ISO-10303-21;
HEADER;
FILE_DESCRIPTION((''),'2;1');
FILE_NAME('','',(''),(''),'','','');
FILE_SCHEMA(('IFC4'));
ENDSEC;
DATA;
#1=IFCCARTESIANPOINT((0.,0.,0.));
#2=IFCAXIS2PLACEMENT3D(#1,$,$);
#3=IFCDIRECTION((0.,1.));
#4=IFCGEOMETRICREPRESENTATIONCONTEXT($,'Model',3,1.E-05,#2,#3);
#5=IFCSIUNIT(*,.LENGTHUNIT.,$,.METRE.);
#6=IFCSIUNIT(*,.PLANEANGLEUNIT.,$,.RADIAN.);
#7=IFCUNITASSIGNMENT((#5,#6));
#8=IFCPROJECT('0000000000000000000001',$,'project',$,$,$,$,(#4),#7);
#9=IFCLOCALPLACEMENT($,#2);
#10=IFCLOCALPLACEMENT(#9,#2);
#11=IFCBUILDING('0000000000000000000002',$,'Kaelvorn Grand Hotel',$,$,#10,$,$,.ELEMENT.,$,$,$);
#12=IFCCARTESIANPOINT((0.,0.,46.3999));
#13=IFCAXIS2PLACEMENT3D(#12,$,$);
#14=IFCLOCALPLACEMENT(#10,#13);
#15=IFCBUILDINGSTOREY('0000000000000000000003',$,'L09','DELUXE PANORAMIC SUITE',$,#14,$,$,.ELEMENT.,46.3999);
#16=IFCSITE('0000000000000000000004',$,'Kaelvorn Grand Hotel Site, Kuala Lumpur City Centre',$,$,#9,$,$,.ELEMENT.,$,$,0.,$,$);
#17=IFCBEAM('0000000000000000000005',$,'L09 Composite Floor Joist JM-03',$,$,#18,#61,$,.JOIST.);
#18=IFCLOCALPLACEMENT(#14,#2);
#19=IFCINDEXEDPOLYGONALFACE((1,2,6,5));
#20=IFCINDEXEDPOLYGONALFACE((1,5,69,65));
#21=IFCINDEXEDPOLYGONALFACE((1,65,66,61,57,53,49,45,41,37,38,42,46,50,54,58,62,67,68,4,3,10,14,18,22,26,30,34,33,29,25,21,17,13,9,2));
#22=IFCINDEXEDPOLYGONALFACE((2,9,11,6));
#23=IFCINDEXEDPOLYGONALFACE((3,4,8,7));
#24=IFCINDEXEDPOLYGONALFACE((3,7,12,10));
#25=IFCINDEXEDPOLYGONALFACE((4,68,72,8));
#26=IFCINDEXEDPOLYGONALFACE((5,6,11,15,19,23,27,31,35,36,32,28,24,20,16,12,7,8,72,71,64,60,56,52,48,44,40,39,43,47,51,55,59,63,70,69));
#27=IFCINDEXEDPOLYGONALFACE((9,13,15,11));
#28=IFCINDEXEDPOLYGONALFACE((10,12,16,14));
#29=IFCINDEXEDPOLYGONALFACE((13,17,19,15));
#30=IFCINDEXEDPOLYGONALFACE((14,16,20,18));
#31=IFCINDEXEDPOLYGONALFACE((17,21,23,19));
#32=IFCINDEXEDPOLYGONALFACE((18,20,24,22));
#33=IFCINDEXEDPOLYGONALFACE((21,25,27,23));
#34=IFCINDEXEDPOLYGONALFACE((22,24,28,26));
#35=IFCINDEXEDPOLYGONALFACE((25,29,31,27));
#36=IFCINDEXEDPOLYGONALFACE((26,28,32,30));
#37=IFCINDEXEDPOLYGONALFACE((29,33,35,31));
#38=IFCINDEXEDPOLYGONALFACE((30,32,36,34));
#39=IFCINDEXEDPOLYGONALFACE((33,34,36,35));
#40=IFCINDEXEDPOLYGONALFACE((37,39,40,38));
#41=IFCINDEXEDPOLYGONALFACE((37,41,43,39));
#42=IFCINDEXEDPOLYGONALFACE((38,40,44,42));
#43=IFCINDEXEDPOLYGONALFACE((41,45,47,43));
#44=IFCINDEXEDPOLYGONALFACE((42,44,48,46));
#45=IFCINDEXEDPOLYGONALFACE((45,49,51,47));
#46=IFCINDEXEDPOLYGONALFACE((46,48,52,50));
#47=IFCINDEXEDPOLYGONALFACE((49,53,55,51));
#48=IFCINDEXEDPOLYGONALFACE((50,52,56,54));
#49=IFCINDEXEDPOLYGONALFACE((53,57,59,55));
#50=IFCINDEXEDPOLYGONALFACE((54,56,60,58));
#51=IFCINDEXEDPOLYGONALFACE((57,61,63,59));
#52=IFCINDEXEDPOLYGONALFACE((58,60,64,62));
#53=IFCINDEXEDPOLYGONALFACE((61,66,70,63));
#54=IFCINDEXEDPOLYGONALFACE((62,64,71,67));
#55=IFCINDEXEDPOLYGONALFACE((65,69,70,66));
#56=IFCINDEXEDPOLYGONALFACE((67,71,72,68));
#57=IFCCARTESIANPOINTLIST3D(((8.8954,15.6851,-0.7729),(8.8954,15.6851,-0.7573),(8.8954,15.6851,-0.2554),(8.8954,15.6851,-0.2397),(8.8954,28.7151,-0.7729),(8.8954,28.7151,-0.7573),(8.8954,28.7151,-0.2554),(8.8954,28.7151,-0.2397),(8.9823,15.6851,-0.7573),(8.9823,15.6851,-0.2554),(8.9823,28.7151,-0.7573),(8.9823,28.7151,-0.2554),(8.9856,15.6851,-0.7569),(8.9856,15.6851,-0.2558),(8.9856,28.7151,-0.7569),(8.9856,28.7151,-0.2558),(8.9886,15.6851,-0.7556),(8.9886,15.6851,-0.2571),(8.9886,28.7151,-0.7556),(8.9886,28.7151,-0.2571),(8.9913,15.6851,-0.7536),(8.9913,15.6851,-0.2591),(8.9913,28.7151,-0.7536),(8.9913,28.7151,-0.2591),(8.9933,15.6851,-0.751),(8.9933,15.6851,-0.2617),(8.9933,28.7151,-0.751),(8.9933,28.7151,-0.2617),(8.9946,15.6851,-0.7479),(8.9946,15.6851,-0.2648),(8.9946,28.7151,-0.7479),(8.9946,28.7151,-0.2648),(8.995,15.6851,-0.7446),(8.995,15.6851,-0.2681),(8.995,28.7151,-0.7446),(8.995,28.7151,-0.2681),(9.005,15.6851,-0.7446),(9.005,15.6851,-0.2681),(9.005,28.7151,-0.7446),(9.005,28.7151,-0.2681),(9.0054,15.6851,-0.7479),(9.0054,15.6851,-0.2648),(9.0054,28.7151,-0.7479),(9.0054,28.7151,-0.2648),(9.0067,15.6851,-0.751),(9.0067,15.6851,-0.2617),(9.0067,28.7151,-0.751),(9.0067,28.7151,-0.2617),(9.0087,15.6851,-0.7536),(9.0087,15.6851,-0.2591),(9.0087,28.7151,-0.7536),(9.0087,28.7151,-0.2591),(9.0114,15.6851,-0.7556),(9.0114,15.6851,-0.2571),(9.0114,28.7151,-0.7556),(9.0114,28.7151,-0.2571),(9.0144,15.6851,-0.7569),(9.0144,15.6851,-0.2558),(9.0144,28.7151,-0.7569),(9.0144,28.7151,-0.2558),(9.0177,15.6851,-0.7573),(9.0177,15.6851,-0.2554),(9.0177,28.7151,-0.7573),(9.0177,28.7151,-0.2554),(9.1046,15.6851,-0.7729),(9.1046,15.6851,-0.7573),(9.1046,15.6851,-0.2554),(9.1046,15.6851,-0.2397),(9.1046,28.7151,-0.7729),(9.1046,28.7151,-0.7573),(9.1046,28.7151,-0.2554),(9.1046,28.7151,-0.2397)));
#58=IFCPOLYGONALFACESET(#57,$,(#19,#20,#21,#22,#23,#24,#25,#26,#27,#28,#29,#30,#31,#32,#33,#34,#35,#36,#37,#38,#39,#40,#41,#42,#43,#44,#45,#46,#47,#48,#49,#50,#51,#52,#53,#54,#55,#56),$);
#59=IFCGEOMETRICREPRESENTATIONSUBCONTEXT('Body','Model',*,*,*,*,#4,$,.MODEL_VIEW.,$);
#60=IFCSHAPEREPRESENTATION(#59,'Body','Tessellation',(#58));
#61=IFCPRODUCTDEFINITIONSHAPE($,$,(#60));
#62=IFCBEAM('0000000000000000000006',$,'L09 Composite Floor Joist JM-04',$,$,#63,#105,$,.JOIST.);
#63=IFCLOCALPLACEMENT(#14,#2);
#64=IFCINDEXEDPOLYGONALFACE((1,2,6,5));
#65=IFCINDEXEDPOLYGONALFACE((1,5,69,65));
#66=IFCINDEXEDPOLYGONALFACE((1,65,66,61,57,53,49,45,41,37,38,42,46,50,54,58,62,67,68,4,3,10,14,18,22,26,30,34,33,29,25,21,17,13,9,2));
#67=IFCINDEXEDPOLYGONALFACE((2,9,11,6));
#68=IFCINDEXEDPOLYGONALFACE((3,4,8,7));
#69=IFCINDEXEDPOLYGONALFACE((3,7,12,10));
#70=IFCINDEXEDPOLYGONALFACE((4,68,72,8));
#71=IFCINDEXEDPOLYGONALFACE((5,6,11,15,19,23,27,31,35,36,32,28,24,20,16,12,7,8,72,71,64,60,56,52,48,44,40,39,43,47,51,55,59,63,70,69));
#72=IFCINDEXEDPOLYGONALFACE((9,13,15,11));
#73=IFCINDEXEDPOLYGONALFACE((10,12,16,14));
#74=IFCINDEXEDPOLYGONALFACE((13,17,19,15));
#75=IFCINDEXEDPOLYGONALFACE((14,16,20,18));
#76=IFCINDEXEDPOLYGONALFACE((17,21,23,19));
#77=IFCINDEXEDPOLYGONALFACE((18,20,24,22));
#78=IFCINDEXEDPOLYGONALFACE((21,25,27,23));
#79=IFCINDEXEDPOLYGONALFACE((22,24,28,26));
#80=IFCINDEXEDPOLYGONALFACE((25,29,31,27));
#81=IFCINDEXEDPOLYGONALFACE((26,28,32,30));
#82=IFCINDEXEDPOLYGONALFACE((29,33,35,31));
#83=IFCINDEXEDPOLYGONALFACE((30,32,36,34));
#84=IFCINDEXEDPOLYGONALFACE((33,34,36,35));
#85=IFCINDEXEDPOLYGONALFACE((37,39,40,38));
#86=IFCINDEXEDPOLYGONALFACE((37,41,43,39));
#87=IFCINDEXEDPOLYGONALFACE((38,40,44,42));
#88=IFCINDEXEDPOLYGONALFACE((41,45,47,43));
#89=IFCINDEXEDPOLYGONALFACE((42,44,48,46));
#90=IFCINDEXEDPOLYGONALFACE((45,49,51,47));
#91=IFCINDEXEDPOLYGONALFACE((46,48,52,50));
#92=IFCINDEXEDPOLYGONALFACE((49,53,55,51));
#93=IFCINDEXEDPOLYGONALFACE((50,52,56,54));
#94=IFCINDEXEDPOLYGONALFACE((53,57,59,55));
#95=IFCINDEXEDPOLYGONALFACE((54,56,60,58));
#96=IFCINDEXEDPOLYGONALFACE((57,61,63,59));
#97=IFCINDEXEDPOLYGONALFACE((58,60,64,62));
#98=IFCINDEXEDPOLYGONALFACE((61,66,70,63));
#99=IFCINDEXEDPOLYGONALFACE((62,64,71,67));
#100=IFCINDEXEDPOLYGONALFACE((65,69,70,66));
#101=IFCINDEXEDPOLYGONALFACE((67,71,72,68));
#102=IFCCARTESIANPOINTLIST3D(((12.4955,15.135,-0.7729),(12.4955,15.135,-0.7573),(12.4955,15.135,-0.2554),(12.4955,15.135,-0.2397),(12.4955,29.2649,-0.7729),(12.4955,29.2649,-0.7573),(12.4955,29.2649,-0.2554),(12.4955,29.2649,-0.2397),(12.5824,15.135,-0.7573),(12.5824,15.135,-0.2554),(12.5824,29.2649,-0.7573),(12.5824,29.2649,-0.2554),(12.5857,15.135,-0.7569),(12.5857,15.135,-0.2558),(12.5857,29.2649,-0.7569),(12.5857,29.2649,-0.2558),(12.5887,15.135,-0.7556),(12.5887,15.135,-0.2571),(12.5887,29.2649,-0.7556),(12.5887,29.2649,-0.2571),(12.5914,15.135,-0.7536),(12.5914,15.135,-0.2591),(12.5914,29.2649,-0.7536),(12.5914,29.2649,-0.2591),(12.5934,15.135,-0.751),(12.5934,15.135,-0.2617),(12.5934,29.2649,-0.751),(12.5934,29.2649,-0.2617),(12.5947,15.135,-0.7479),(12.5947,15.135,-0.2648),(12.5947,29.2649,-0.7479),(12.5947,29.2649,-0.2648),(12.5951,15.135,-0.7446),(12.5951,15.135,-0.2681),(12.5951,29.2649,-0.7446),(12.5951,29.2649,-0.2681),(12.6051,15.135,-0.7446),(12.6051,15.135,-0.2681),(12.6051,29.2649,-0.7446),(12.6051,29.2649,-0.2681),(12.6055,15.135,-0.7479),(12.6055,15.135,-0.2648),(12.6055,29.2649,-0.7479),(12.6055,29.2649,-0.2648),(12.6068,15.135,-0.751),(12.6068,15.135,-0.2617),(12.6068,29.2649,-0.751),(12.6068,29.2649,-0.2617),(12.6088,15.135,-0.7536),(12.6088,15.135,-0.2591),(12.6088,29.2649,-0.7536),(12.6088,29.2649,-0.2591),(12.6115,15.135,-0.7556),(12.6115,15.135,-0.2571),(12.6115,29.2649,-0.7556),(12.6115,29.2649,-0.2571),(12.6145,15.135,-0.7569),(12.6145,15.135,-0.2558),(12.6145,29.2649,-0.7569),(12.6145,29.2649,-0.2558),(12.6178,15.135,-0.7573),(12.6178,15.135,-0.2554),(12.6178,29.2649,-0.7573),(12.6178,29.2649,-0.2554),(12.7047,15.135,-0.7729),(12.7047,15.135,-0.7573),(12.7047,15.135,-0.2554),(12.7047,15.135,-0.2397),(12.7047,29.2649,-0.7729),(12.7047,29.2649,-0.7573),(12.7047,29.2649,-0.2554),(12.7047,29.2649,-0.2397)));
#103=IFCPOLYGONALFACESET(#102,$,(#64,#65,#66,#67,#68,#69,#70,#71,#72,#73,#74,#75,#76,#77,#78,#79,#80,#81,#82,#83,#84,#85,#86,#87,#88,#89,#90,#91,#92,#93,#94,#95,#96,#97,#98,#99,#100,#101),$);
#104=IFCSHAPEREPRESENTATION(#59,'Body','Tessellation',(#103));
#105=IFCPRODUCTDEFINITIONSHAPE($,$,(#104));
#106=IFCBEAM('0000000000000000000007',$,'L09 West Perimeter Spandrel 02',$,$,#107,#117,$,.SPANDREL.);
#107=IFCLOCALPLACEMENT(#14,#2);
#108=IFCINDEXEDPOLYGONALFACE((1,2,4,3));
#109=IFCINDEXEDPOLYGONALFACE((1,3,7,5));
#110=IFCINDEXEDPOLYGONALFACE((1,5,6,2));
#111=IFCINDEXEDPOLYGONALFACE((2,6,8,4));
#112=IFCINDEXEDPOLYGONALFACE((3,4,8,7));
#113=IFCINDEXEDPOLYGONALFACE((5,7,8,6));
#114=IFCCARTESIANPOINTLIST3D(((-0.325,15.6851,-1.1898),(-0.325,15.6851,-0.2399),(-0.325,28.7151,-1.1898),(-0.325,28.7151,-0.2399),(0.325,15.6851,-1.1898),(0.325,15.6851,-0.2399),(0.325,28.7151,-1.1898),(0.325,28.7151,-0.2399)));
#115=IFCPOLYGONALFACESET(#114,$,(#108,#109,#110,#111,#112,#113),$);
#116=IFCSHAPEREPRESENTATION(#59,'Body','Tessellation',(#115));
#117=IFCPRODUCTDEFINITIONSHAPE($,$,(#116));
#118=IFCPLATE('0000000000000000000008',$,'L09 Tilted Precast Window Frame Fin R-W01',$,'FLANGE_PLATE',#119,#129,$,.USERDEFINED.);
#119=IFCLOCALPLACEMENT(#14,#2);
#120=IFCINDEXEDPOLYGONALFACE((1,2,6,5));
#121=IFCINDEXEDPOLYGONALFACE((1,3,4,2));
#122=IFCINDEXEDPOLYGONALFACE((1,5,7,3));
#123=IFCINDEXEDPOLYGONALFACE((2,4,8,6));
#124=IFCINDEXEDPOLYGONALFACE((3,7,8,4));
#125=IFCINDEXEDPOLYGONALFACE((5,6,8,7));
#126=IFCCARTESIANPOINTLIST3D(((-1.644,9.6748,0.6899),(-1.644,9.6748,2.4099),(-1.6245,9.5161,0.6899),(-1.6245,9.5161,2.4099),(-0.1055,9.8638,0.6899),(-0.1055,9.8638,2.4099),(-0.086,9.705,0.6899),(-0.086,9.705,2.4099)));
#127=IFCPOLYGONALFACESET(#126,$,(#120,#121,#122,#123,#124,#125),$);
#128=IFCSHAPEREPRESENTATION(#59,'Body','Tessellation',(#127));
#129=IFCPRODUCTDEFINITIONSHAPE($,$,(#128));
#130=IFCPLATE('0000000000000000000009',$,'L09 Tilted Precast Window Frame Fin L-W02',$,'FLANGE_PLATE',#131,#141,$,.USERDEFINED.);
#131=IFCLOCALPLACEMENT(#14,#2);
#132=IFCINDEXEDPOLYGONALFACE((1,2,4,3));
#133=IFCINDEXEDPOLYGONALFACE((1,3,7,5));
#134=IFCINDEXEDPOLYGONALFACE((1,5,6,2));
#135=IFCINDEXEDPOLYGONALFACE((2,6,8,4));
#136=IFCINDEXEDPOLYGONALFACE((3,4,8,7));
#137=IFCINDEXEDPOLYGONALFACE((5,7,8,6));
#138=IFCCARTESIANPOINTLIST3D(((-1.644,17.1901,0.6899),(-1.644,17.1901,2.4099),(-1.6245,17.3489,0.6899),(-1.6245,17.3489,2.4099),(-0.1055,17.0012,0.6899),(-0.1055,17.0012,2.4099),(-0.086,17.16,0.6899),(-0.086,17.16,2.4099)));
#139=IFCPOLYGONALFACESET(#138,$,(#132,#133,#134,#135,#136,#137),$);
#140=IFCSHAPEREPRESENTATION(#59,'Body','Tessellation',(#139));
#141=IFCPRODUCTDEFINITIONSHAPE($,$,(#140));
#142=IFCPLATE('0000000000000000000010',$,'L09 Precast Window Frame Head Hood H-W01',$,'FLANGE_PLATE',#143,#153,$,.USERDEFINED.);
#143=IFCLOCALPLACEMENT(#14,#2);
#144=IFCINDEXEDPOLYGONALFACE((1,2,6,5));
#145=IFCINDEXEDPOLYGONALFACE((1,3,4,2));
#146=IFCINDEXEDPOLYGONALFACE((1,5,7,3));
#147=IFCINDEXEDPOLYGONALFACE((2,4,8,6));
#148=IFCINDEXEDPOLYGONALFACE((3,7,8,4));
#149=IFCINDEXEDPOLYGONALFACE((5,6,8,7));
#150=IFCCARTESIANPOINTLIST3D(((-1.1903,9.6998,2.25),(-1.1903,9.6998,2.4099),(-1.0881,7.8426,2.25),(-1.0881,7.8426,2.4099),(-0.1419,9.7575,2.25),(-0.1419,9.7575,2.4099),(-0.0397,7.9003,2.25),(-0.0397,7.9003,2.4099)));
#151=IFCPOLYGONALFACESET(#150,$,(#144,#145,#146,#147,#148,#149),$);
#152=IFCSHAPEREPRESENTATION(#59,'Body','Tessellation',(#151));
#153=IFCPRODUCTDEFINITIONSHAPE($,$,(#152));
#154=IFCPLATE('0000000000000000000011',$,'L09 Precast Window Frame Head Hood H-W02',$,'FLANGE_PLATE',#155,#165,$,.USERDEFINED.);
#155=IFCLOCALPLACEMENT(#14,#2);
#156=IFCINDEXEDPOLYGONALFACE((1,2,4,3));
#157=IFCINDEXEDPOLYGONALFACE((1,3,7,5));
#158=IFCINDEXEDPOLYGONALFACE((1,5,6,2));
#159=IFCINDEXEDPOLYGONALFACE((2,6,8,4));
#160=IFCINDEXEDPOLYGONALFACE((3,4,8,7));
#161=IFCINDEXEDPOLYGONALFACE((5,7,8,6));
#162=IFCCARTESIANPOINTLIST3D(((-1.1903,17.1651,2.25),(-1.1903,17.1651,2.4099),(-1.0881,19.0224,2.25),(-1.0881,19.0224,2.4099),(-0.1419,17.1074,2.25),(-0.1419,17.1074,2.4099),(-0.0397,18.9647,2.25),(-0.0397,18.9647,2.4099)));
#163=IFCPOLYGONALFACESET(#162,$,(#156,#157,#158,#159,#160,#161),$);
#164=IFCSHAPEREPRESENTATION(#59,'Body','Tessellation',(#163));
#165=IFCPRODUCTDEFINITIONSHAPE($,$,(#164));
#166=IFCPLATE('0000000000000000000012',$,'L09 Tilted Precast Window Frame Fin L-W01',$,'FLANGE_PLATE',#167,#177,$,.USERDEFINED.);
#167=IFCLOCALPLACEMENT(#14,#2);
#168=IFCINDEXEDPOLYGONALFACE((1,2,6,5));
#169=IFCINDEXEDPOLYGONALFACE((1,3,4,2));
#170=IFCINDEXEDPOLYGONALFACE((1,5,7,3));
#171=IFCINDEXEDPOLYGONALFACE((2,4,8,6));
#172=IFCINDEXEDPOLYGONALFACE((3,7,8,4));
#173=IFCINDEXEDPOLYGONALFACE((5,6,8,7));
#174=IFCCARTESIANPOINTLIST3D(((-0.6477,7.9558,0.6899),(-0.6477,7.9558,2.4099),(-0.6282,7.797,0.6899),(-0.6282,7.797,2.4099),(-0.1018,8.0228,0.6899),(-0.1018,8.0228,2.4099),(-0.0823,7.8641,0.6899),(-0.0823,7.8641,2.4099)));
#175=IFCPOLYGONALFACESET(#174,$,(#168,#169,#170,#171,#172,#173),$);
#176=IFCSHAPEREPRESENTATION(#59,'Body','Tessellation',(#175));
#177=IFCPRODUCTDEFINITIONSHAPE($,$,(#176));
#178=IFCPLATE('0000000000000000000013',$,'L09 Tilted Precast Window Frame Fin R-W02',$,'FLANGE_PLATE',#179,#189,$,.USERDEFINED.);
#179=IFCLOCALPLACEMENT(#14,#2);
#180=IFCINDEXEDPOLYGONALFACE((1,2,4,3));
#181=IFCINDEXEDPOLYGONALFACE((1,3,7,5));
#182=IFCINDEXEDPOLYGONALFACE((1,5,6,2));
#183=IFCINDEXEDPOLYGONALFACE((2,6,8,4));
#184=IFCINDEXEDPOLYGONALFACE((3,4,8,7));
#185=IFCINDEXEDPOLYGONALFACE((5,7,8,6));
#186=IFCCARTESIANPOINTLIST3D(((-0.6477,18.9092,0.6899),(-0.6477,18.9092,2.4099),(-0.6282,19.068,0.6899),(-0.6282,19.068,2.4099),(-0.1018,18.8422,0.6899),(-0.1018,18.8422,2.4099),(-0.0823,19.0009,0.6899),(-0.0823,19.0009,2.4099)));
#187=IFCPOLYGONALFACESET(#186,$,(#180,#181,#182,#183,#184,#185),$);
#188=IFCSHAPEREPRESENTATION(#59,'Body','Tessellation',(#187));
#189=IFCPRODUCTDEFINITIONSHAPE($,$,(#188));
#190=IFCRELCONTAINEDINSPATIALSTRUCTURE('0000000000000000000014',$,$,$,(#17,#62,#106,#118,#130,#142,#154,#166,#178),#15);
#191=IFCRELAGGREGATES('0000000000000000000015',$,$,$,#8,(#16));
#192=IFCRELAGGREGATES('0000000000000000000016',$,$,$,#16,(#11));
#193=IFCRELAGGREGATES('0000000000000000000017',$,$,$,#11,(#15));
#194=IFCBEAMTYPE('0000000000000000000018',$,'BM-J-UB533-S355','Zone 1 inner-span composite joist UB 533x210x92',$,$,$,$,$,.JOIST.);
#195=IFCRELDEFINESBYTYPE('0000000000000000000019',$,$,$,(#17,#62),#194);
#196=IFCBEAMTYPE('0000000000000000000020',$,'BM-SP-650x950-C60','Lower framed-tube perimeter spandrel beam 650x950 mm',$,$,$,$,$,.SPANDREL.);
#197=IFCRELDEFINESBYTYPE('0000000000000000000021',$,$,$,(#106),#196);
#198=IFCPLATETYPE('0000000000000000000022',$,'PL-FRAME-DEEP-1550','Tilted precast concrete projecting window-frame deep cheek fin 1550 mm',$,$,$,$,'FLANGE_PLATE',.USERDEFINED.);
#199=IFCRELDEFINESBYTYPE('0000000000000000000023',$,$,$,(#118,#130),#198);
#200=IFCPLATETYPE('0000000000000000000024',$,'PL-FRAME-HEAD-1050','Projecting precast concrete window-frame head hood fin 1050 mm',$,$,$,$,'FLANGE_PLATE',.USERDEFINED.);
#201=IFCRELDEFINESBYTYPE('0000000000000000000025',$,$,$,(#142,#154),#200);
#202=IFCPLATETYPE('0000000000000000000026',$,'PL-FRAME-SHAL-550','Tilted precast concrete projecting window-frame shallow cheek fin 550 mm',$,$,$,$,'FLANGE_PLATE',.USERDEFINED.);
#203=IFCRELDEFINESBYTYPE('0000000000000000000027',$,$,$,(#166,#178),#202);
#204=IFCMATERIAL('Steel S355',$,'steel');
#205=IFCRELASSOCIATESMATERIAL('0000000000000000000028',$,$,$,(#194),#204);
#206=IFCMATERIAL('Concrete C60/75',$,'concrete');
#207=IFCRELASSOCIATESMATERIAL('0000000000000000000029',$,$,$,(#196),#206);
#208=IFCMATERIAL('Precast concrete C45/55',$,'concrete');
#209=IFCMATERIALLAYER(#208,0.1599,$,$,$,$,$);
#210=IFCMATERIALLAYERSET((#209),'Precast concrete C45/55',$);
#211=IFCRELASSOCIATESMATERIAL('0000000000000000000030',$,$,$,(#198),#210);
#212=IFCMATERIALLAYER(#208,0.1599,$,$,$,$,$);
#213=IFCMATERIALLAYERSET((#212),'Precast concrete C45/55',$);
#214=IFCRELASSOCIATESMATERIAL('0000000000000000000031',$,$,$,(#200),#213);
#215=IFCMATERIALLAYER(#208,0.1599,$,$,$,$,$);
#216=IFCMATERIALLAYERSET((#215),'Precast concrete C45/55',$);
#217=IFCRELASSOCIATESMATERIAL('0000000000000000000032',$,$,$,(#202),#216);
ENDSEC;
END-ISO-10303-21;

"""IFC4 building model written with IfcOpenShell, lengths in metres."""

from ifc_helpers import new_model, si_unit, direction, frame, origin, origin_2d, place, context, subcontext, project, spatial, rectangle, i_section, extrude, material, layer, layer_set, material_profile, profile_set, type_object, element, save


model = new_model("IFC4")

# Units and contexts
model_context = context("Model", 3, precision=1e-05, world=origin(), true_north=direction((0.0, 1.0)))
body_context = subcontext(model_context, "Body", "Model", "MODEL_VIEW")
ifc_project = project(units=[si_unit("LENGTHUNIT", "METRE"), si_unit("PLANEANGLEUNIT", "RADIAN")], contexts=[model_context])

# Site, building, storey
site_placement = place(None, origin())
site = spatial("IfcSite", under=ifc_project, at=site_placement, Name="Kaelvorn Grand Hotel Site, Kuala Lumpur City Centre", CompositionType="ELEMENT", RefElevation=0.0)
building_placement = place(site_placement, origin())
building = spatial("IfcBuilding", under=site, at=building_placement, Name="Kaelvorn Grand Hotel", CompositionType="ELEMENT")
storey_placement = place(building_placement, frame((0.0, 0.0, 46.3999)))
storey = spatial("IfcBuildingStorey", under=building, at=storey_placement, Name="L09", Description="DELUXE PANORAMIC SUITE", CompositionType="ELEMENT", Elevation=46.3999)

# Beams
ifc_material_1 = material(Name="Steel S355", Category="steel")
ifc_material_profile_1 = material_profile(ifc_material_1, i_section(OverallWidth=0.2092, OverallDepth=0.5332, WebThickness=0.01, FlangeThickness=0.0156, FilletRadius=0.0127, at=origin_2d()), Name="UB 533x210x92")
ifc_profile_set_1 = profile_set([ifc_material_profile_1], Name="Steel S355")
beam_type_1 = type_object("IfcBeamType", Name="BM-J-UB533-S355", Description="Zone 1 inner-span composite joist UB 533x210x92", PredefinedType="JOIST", material=ifc_profile_set_1)
beam_1_placement = place(storey_placement, frame((9.0, 15.6851, -0.5063), z_axis=(0.0, 1.0, 0.0), x_axis=(-1.0, 0.0, 0.0)))
element("IfcBeam", 1, at=beam_1_placement, inside=storey, type_object=beam_type_1, Name="L09 Composite Floor Joist JM-03", PredefinedType="JOIST", context=body_context, shape_type="SweptSolid", body=[
    extrude(i_section(OverallWidth=0.2092, OverallDepth=0.5332, WebThickness=0.01, FlangeThickness=0.0156, FilletRadius=0.0127, at=origin_2d()), origin(), (0.0, 0.0, 1.0), 13.03),
])
beam_2_placement = place(storey_placement, frame((12.6001, 15.135, -0.5063), z_axis=(0.0, 1.0, 0.0), x_axis=(-1.0, 0.0, 0.0)))
element("IfcBeam", 2, at=beam_2_placement, inside=storey, type_object=beam_type_1, Name="L09 Composite Floor Joist JM-04", PredefinedType="JOIST", context=body_context, shape_type="SweptSolid", body=[
    extrude(i_section(OverallWidth=0.2092, OverallDepth=0.5332, WebThickness=0.01, FlangeThickness=0.0156, FilletRadius=0.0127, at=origin_2d()), origin(), (0.0, 0.0, 1.0), 14.1299),
])
ifc_material_2 = material(Name="Concrete C60/75", Category="concrete")
ifc_material_profile_2 = material_profile(ifc_material_2, rectangle(XDim=0.6499, YDim=0.95, at=origin_2d()), Name="RC SPANDREL 650x950")
ifc_profile_set_2 = profile_set([ifc_material_profile_2], Name="Concrete C60/75")
beam_type_2 = type_object("IfcBeamType", Name="BM-SP-650x950-C60", Description="Lower framed-tube perimeter spandrel beam 650x950 mm", PredefinedType="SPANDREL", material=ifc_profile_set_2)
beam_3_placement = place(storey_placement, frame((0.0, 15.6851, -0.7148), z_axis=(0.0, 1.0, 0.0), x_axis=(-1.0, 0.0, 0.0)))
element("IfcBeam", 3, at=beam_3_placement, inside=storey, type_object=beam_type_2, Name="L09 West Perimeter Spandrel 02", PredefinedType="SPANDREL", context=body_context, shape_type="SweptSolid", body=[
    extrude(rectangle(XDim=0.6499, YDim=0.95, at=origin_2d()), origin(), (0.0, 0.0, 1.0), 13.03),
])

# Plates
ifc_material_3 = material(Name="Precast concrete C45/55", Category="concrete")
ifc_layer_1 = layer(ifc_material_3, 0.1599)
ifc_layer_set_1 = layer_set([ifc_layer_1], Name="Precast concrete C45/55")
plate_type_1 = type_object("IfcPlateType", Name="PL-FRAME-DEEP-1550", Description="Tilted precast concrete projecting window-frame deep cheek fin 1550 mm", ElementType="FLANGE_PLATE", PredefinedType="USERDEFINED", material=ifc_layer_set_1)
for number, where, z_axis, x_axis, name in (
    (4, (-0.865, 9.6899, 0.6899), (0.0, 0.0, 1.0), (-0.121869, 0.992546, 0.0), "L09 Tilted Precast Window Frame Fin R-W01"),
    (5, (-0.865, 17.175, 0.6899), (0.0, 0.0, 1.0), (0.121869, 0.992546, 0.0), "L09 Tilted Precast Window Frame Fin L-W02"),
):
    element("IfcPlate", number, at=place(storey_placement, frame(where, z_axis=z_axis, x_axis=x_axis)), inside=storey, type_object=plate_type_1, Name=name, ObjectType="FLANGE_PLATE", PredefinedType="USERDEFINED", context=body_context, shape_type="SweptSolid", body=[
        extrude(rectangle(XDim=0.1599, YDim=1.55, at=origin_2d()), origin(), (0.0, 0.0, 1.0), 1.72),
    ])
ifc_layer_2 = layer(ifc_material_3, 0.1599)
ifc_layer_set_2 = layer_set([ifc_layer_2], Name="Precast concrete C45/55")
plate_type_2 = type_object("IfcPlateType", Name="PL-FRAME-HEAD-1050", Description="Projecting precast concrete window-frame head hood fin 1050 mm", ElementType="FLANGE_PLATE", PredefinedType="USERDEFINED", material=ifc_layer_set_2)
for number, where, z_axis, x_axis, name in (
    (6, (-0.615, 8.8, 2.25), (0.0, 0.0, 1.0), (-0.05495, 0.998489, 0.0), "L09 Precast Window Frame Head Hood H-W01"),
    (7, (-0.615, 18.0649, 2.25), (0.0, 0.0, 1.0), (0.05495, 0.998489, 0.0), "L09 Precast Window Frame Head Hood H-W02"),
):
    element("IfcPlate", number, at=place(storey_placement, frame(where, z_axis=z_axis, x_axis=x_axis)), inside=storey, type_object=plate_type_2, Name=name, ObjectType="FLANGE_PLATE", PredefinedType="USERDEFINED", context=body_context, shape_type="SweptSolid", body=[
        extrude(rectangle(XDim=1.8601, YDim=1.05, at=origin_2d()), origin(), (0.0, 0.0, 1.0), 0.1599),
    ])
ifc_layer_3 = layer(ifc_material_3, 0.1599)
ifc_layer_set_3 = layer_set([ifc_layer_3], Name="Precast concrete C45/55")
plate_type_3 = type_object("IfcPlateType", Name="PL-FRAME-SHAL-550", Description="Tilted precast concrete projecting window-frame shallow cheek fin 550 mm", ElementType="FLANGE_PLATE", PredefinedType="USERDEFINED", material=ifc_layer_set_3)
for number, where, z_axis, x_axis, name in (
    (8, (-0.365, 7.9099, 0.6899), (0.0, 0.0, 1.0), (-0.121869, 0.992546, 0.0), "L09 Tilted Precast Window Frame Fin L-W01"),
    (9, (-0.365, 18.9551, 0.6899), (0.0, 0.0, 1.0), (0.121869, 0.992546, 0.0), "L09 Tilted Precast Window Frame Fin R-W02"),
):
    element("IfcPlate", number, at=place(storey_placement, frame(where, z_axis=z_axis, x_axis=x_axis)), inside=storey, type_object=plate_type_3, Name=name, ObjectType="FLANGE_PLATE", PredefinedType="USERDEFINED", context=body_context, shape_type="SweptSolid", body=[
        extrude(rectangle(XDim=0.1599, YDim=0.55, at=origin_2d()), origin(), (0.0, 0.0, 1.0), 1.72),
    ])

save(model, "model.ifc")
